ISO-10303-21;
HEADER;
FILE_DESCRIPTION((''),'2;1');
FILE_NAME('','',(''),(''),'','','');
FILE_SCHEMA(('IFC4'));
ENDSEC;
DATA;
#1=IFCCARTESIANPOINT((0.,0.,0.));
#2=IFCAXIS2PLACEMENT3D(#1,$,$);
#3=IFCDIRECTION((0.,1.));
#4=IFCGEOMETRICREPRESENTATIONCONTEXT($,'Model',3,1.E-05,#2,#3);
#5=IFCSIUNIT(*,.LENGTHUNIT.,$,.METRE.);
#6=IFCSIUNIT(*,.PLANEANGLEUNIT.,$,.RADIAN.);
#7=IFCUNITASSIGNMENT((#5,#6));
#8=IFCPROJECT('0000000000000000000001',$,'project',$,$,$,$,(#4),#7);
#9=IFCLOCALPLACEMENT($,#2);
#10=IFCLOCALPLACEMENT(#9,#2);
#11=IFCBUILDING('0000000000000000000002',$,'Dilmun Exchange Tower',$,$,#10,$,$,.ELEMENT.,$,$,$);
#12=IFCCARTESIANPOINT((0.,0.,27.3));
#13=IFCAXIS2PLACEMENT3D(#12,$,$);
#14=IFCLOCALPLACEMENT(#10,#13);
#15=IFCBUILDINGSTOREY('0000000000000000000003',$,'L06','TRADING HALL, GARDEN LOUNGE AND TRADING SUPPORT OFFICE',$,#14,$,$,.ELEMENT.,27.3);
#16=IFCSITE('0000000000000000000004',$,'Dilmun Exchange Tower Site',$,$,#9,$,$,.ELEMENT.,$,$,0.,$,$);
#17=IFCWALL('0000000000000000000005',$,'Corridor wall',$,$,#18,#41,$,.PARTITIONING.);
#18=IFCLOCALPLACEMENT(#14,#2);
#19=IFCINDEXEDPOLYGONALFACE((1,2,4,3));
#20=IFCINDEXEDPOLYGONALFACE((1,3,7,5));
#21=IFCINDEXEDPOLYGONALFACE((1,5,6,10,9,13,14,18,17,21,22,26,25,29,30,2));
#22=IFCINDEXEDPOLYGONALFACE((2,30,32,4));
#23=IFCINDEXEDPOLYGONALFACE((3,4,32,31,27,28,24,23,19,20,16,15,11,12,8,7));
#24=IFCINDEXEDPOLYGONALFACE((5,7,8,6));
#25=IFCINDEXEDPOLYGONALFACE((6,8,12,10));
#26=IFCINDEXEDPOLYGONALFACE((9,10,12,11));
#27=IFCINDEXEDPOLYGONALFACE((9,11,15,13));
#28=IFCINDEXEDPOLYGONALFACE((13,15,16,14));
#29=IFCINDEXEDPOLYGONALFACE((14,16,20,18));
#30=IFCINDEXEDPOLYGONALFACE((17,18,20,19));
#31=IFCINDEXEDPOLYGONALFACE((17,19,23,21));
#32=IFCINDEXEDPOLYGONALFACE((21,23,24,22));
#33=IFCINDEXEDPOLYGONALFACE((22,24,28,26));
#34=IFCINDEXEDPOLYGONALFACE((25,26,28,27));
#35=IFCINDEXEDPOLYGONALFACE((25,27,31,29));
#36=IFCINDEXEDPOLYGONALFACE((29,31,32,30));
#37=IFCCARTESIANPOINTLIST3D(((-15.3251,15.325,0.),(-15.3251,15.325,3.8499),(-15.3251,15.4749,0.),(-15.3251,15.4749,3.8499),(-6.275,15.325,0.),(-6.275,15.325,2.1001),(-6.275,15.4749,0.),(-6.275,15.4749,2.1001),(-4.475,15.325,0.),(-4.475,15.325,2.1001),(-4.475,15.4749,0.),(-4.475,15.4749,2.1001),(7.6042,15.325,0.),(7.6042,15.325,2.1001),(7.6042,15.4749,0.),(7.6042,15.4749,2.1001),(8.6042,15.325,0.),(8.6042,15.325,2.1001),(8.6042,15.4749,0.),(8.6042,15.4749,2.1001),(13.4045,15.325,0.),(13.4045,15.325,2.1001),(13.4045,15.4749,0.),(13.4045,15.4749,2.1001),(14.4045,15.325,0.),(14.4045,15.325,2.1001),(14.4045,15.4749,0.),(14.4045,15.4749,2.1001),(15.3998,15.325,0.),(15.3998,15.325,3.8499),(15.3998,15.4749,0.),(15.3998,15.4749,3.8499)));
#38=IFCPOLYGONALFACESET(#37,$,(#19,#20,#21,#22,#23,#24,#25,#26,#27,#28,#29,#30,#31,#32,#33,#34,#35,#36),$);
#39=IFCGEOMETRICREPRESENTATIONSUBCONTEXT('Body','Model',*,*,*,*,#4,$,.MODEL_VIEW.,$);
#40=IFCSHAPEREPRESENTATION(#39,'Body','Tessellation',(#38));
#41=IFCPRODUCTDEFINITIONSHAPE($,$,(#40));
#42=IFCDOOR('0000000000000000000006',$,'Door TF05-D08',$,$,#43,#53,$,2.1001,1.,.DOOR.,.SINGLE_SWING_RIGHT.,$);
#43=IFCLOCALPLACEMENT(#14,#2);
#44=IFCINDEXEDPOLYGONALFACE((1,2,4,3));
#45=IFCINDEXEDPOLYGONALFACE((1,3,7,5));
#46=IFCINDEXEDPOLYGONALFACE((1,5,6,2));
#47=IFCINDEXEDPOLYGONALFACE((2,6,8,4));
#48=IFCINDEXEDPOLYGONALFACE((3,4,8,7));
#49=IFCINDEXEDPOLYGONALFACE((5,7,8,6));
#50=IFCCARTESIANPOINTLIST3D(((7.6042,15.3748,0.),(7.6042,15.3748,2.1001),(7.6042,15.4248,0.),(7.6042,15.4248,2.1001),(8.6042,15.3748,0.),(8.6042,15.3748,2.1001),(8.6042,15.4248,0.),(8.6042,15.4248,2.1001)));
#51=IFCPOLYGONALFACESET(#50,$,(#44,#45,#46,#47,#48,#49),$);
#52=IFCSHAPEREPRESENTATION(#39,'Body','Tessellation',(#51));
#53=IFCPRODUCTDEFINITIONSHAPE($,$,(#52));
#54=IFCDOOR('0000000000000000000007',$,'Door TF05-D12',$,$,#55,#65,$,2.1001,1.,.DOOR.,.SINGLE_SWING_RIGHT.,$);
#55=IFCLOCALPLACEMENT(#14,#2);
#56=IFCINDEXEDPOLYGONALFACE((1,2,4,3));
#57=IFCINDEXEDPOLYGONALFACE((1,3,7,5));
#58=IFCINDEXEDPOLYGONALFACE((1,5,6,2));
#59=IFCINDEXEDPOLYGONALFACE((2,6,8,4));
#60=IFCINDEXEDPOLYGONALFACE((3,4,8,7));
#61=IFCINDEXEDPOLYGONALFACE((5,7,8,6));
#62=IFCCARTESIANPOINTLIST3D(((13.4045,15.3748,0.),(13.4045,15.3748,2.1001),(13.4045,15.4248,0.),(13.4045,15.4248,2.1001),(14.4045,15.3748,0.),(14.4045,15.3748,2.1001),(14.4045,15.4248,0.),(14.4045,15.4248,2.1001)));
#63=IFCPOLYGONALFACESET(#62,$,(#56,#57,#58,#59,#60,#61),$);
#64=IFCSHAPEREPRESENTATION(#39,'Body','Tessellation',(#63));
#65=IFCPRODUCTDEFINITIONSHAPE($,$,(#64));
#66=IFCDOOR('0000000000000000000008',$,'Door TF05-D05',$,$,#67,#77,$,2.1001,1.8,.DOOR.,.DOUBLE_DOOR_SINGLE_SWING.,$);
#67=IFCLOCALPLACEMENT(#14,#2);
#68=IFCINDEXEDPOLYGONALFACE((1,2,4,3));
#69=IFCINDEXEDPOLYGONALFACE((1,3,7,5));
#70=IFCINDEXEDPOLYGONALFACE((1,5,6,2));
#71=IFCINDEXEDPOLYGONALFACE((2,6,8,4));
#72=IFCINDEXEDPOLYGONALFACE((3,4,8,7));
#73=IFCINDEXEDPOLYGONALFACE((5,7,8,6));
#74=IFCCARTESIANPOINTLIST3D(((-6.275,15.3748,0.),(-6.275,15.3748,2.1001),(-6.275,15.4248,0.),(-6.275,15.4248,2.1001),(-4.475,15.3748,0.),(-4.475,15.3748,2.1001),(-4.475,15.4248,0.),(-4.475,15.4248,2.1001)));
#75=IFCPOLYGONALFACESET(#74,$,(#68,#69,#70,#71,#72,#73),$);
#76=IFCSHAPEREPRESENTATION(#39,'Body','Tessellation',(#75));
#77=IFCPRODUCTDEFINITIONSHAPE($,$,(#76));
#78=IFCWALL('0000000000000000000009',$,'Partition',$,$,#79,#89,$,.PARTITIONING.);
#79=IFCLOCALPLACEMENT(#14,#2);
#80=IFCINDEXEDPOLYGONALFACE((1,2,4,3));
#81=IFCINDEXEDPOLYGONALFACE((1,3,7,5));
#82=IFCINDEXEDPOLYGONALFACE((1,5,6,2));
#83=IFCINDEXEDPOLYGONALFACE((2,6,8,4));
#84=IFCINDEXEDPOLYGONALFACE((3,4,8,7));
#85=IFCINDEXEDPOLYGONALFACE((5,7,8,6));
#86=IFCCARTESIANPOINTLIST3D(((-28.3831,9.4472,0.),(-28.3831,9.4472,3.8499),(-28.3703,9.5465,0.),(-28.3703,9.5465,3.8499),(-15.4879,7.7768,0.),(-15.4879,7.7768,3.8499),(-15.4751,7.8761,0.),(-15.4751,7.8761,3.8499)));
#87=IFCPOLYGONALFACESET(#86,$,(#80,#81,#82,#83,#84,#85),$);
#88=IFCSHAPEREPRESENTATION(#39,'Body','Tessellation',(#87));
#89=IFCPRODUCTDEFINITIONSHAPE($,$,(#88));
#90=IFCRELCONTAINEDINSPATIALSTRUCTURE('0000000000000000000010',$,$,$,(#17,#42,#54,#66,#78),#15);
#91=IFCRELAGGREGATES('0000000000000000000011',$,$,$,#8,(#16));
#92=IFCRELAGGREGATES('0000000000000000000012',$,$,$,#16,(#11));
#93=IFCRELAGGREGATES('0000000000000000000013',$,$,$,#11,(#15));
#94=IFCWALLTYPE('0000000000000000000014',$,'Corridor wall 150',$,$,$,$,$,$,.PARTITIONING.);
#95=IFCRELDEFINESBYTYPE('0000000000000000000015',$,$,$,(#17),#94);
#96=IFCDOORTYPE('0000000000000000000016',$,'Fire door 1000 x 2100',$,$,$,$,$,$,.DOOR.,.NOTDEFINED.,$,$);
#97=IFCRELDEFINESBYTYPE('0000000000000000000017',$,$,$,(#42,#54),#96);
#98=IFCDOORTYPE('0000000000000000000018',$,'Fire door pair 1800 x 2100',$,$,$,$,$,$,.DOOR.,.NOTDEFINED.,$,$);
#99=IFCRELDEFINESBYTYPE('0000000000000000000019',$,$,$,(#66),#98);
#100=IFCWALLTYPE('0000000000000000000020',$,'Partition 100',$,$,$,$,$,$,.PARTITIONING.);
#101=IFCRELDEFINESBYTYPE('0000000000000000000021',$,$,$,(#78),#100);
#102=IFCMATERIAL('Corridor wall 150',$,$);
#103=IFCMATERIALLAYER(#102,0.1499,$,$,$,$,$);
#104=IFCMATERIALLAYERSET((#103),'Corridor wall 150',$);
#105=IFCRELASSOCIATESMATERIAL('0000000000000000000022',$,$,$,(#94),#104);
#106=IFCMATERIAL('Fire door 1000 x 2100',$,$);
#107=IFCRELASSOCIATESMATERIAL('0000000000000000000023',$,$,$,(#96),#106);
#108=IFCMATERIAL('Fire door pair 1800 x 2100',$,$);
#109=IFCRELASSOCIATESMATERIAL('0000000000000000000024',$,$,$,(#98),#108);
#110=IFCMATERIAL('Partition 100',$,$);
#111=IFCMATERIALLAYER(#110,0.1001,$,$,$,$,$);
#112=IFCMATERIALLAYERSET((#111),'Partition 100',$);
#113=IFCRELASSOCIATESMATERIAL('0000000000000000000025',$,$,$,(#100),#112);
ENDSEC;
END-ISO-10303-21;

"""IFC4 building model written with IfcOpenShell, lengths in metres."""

from ifc_helpers import new_model, si_unit, direction, frame, frame_2d, origin, place, context, subcontext, project, spatial, rectangle, extrude, material, layer, layer_set, type_object, element, fill, save


model = new_model("IFC4")

# Units and contexts
model_context = context("Model", 3, precision=1e-05, world=origin(), true_north=direction((0.0, 1.0)))
body_context = subcontext(model_context, "Body", "Model", "MODEL_VIEW")
ifc_project = project(units=[si_unit("LENGTHUNIT", "METRE"), si_unit("PLANEANGLEUNIT", "RADIAN")], contexts=[model_context])

# Site, building, storey
site_placement = place(None, origin())
site = spatial("IfcSite", under=ifc_project, at=site_placement, Name="Dilmun Exchange Tower Site", CompositionType="ELEMENT", RefElevation=0.0)
building_placement = place(site_placement, origin())
building = spatial("IfcBuilding", under=site, at=building_placement, Name="Dilmun Exchange Tower", CompositionType="ELEMENT")
storey_placement = place(building_placement, frame((0.0, 0.0, 27.3)))
storey = spatial("IfcBuildingStorey", under=building, at=storey_placement, Name="L06", Description="TRADING HALL, GARDEN LOUNGE AND TRADING SUPPORT OFFICE", CompositionType="ELEMENT", Elevation=27.3)

# Wall, openings, doors
ifc_material_1 = material(Name="Corridor wall 150")
ifc_layer_1 = layer(ifc_material_1, 0.1499)
ifc_layer_set_1 = layer_set([ifc_layer_1], Name="Corridor wall 150")
wall_type_1 = type_object("IfcWallType", Name="Corridor wall 150", PredefinedType="PARTITIONING", material=ifc_layer_set_1)
wall_1_placement = place(storey_placement, frame((-15.325, 15.3999, 0.0), z_axis=(0.0, 0.0, 1.0), x_axis=(1.0, 0.0, 0.0)))
wall_1 = element("IfcWall", 1, at=wall_1_placement, inside=storey, type_object=wall_type_1, Name="Corridor wall", PredefinedType="PARTITIONING", context=body_context, shape_type="SweptSolid", body=[
    extrude(rectangle(XDim=30.7249, YDim=0.1499, at=frame_2d((15.3623, 0.0))), origin(), (0.0, 0.0, 1.0), 3.8499),
])
opening_1_placement = place(wall_1_placement, frame((9.05, 0.0, 0.0)))
opening_1 = element("IfcOpeningElement", 2, at=opening_1_placement, cuts=wall_1, PredefinedType="OPENING", context=body_context, shape_type="SweptSolid", body=[
    extrude(rectangle(XDim=1.8, YDim=2.1001, at=frame_2d((0.8999, 1.05))), frame((0.0, 0.085, 0.0), z_axis=(0.0, -1.0, 0.0), x_axis=(1.0, 0.0, 0.0)), (0.0, 0.0, 1.0), 0.1699),
])
opening_2_placement = place(wall_1_placement, frame((22.9292, 0.0, 0.0)))
opening_2 = element("IfcOpeningElement", 3, at=opening_2_placement, cuts=wall_1, PredefinedType="OPENING", context=body_context, shape_type="SweptSolid", body=[
    extrude(rectangle(XDim=1.0, YDim=2.1001, at=frame_2d((0.5, 1.05))), frame((0.0, 0.085, 0.0), z_axis=(0.0, -1.0, 0.0), x_axis=(1.0, 0.0, 0.0)), (0.0, 0.0, 1.0), 0.1699),
])
opening_3_placement = place(wall_1_placement, frame((28.7295, 0.0, 0.0)))
opening_3 = element("IfcOpeningElement", 4, at=opening_3_placement, cuts=wall_1, PredefinedType="OPENING", context=body_context, shape_type="SweptSolid", body=[
    extrude(rectangle(XDim=1.0, YDim=2.1001, at=frame_2d((0.5, 1.05))), frame((0.0, 0.085, 0.0), z_axis=(0.0, -1.0, 0.0), x_axis=(1.0, 0.0, 0.0)), (0.0, 0.0, 1.0), 0.1699),
])
ifc_material_2 = material(Name="Fire door 1000 x 2100")
door_type_1 = type_object("IfcDoorType", Name="Fire door 1000 x 2100", OperationType="NOTDEFINED", PredefinedType="DOOR", material=ifc_material_2)
door_1_placement = place(opening_2_placement, origin())
door_1 = element("IfcDoor", 5, at=door_1_placement, inside=storey, type_object=door_type_1, Name="Door TF05-D08", OperationType="SINGLE_SWING_RIGHT", OverallHeight=2.1001, OverallWidth=1.0, PredefinedType="DOOR", context=body_context, shape_type="SweptSolid", body=[
    extrude(rectangle(XDim=1.0, YDim=2.1001, at=frame_2d((0.5, 1.05))), frame((0.0, 0.0249, 0.0), z_axis=(0.0, -1.0, 0.0), x_axis=(1.0, 0.0, 0.0)), (0.0, 0.0, 1.0), 0.05),
])
fill(opening_2, door_1)
door_2_placement = place(opening_3_placement, origin())
door_2 = element("IfcDoor", 6, at=door_2_placement, inside=storey, type_object=door_type_1, Name="Door TF05-D12", OperationType="SINGLE_SWING_RIGHT", OverallHeight=2.1001, OverallWidth=1.0, PredefinedType="DOOR", context=body_context, shape_type="SweptSolid", body=[
    extrude(rectangle(XDim=1.0, YDim=2.1001, at=frame_2d((0.5, 1.05))), frame((0.0, 0.0249, 0.0), z_axis=(0.0, -1.0, 0.0), x_axis=(1.0, 0.0, 0.0)), (0.0, 0.0, 1.0), 0.05),
])
fill(opening_3, door_2)
ifc_material_3 = material(Name="Fire door pair 1800 x 2100")
door_type_2 = type_object("IfcDoorType", Name="Fire door pair 1800 x 2100", OperationType="NOTDEFINED", PredefinedType="DOOR", material=ifc_material_3)
door_3_placement = place(opening_1_placement, origin())
door_3 = element("IfcDoor", 7, at=door_3_placement, inside=storey, type_object=door_type_2, Name="Door TF05-D05", OperationType="DOUBLE_DOOR_SINGLE_SWING", OverallHeight=2.1001, OverallWidth=1.8, PredefinedType="DOOR", context=body_context, shape_type="SweptSolid", body=[
    extrude(rectangle(XDim=1.8, YDim=2.1001, at=frame_2d((0.8999, 1.05))), frame((0.0, 0.0249, 0.0), z_axis=(0.0, -1.0, 0.0), x_axis=(1.0, 0.0, 0.0)), (0.0, 0.0, 1.0), 0.05),
])
fill(opening_1, door_3)

# Wall
ifc_material_4 = material(Name="Partition 100")
ifc_layer_2 = layer(ifc_material_4, 0.1001)
ifc_layer_set_2 = layer_set([ifc_layer_2], Name="Partition 100")
wall_type_2 = type_object("IfcWallType", Name="Partition 100", PredefinedType="PARTITIONING", material=ifc_layer_set_2)
wall_2_placement = place(storey_placement, frame((-28.3767, 9.4968, 0.0), z_axis=(0.0, 0.0, 1.0), x_axis=(0.991714, -0.128463, 0.0)))
element("IfcWall", 8, at=wall_2_placement, inside=storey, type_object=wall_type_2, Name="Partition", PredefinedType="PARTITIONING", context=body_context, shape_type="SweptSolid", body=[
    extrude(rectangle(XDim=13.0029, YDim=0.1001, at=frame_2d((6.5015, 0.0))), origin(), (0.0, 0.0, 1.0), 3.8499),
])

save(model, "model.ifc")
